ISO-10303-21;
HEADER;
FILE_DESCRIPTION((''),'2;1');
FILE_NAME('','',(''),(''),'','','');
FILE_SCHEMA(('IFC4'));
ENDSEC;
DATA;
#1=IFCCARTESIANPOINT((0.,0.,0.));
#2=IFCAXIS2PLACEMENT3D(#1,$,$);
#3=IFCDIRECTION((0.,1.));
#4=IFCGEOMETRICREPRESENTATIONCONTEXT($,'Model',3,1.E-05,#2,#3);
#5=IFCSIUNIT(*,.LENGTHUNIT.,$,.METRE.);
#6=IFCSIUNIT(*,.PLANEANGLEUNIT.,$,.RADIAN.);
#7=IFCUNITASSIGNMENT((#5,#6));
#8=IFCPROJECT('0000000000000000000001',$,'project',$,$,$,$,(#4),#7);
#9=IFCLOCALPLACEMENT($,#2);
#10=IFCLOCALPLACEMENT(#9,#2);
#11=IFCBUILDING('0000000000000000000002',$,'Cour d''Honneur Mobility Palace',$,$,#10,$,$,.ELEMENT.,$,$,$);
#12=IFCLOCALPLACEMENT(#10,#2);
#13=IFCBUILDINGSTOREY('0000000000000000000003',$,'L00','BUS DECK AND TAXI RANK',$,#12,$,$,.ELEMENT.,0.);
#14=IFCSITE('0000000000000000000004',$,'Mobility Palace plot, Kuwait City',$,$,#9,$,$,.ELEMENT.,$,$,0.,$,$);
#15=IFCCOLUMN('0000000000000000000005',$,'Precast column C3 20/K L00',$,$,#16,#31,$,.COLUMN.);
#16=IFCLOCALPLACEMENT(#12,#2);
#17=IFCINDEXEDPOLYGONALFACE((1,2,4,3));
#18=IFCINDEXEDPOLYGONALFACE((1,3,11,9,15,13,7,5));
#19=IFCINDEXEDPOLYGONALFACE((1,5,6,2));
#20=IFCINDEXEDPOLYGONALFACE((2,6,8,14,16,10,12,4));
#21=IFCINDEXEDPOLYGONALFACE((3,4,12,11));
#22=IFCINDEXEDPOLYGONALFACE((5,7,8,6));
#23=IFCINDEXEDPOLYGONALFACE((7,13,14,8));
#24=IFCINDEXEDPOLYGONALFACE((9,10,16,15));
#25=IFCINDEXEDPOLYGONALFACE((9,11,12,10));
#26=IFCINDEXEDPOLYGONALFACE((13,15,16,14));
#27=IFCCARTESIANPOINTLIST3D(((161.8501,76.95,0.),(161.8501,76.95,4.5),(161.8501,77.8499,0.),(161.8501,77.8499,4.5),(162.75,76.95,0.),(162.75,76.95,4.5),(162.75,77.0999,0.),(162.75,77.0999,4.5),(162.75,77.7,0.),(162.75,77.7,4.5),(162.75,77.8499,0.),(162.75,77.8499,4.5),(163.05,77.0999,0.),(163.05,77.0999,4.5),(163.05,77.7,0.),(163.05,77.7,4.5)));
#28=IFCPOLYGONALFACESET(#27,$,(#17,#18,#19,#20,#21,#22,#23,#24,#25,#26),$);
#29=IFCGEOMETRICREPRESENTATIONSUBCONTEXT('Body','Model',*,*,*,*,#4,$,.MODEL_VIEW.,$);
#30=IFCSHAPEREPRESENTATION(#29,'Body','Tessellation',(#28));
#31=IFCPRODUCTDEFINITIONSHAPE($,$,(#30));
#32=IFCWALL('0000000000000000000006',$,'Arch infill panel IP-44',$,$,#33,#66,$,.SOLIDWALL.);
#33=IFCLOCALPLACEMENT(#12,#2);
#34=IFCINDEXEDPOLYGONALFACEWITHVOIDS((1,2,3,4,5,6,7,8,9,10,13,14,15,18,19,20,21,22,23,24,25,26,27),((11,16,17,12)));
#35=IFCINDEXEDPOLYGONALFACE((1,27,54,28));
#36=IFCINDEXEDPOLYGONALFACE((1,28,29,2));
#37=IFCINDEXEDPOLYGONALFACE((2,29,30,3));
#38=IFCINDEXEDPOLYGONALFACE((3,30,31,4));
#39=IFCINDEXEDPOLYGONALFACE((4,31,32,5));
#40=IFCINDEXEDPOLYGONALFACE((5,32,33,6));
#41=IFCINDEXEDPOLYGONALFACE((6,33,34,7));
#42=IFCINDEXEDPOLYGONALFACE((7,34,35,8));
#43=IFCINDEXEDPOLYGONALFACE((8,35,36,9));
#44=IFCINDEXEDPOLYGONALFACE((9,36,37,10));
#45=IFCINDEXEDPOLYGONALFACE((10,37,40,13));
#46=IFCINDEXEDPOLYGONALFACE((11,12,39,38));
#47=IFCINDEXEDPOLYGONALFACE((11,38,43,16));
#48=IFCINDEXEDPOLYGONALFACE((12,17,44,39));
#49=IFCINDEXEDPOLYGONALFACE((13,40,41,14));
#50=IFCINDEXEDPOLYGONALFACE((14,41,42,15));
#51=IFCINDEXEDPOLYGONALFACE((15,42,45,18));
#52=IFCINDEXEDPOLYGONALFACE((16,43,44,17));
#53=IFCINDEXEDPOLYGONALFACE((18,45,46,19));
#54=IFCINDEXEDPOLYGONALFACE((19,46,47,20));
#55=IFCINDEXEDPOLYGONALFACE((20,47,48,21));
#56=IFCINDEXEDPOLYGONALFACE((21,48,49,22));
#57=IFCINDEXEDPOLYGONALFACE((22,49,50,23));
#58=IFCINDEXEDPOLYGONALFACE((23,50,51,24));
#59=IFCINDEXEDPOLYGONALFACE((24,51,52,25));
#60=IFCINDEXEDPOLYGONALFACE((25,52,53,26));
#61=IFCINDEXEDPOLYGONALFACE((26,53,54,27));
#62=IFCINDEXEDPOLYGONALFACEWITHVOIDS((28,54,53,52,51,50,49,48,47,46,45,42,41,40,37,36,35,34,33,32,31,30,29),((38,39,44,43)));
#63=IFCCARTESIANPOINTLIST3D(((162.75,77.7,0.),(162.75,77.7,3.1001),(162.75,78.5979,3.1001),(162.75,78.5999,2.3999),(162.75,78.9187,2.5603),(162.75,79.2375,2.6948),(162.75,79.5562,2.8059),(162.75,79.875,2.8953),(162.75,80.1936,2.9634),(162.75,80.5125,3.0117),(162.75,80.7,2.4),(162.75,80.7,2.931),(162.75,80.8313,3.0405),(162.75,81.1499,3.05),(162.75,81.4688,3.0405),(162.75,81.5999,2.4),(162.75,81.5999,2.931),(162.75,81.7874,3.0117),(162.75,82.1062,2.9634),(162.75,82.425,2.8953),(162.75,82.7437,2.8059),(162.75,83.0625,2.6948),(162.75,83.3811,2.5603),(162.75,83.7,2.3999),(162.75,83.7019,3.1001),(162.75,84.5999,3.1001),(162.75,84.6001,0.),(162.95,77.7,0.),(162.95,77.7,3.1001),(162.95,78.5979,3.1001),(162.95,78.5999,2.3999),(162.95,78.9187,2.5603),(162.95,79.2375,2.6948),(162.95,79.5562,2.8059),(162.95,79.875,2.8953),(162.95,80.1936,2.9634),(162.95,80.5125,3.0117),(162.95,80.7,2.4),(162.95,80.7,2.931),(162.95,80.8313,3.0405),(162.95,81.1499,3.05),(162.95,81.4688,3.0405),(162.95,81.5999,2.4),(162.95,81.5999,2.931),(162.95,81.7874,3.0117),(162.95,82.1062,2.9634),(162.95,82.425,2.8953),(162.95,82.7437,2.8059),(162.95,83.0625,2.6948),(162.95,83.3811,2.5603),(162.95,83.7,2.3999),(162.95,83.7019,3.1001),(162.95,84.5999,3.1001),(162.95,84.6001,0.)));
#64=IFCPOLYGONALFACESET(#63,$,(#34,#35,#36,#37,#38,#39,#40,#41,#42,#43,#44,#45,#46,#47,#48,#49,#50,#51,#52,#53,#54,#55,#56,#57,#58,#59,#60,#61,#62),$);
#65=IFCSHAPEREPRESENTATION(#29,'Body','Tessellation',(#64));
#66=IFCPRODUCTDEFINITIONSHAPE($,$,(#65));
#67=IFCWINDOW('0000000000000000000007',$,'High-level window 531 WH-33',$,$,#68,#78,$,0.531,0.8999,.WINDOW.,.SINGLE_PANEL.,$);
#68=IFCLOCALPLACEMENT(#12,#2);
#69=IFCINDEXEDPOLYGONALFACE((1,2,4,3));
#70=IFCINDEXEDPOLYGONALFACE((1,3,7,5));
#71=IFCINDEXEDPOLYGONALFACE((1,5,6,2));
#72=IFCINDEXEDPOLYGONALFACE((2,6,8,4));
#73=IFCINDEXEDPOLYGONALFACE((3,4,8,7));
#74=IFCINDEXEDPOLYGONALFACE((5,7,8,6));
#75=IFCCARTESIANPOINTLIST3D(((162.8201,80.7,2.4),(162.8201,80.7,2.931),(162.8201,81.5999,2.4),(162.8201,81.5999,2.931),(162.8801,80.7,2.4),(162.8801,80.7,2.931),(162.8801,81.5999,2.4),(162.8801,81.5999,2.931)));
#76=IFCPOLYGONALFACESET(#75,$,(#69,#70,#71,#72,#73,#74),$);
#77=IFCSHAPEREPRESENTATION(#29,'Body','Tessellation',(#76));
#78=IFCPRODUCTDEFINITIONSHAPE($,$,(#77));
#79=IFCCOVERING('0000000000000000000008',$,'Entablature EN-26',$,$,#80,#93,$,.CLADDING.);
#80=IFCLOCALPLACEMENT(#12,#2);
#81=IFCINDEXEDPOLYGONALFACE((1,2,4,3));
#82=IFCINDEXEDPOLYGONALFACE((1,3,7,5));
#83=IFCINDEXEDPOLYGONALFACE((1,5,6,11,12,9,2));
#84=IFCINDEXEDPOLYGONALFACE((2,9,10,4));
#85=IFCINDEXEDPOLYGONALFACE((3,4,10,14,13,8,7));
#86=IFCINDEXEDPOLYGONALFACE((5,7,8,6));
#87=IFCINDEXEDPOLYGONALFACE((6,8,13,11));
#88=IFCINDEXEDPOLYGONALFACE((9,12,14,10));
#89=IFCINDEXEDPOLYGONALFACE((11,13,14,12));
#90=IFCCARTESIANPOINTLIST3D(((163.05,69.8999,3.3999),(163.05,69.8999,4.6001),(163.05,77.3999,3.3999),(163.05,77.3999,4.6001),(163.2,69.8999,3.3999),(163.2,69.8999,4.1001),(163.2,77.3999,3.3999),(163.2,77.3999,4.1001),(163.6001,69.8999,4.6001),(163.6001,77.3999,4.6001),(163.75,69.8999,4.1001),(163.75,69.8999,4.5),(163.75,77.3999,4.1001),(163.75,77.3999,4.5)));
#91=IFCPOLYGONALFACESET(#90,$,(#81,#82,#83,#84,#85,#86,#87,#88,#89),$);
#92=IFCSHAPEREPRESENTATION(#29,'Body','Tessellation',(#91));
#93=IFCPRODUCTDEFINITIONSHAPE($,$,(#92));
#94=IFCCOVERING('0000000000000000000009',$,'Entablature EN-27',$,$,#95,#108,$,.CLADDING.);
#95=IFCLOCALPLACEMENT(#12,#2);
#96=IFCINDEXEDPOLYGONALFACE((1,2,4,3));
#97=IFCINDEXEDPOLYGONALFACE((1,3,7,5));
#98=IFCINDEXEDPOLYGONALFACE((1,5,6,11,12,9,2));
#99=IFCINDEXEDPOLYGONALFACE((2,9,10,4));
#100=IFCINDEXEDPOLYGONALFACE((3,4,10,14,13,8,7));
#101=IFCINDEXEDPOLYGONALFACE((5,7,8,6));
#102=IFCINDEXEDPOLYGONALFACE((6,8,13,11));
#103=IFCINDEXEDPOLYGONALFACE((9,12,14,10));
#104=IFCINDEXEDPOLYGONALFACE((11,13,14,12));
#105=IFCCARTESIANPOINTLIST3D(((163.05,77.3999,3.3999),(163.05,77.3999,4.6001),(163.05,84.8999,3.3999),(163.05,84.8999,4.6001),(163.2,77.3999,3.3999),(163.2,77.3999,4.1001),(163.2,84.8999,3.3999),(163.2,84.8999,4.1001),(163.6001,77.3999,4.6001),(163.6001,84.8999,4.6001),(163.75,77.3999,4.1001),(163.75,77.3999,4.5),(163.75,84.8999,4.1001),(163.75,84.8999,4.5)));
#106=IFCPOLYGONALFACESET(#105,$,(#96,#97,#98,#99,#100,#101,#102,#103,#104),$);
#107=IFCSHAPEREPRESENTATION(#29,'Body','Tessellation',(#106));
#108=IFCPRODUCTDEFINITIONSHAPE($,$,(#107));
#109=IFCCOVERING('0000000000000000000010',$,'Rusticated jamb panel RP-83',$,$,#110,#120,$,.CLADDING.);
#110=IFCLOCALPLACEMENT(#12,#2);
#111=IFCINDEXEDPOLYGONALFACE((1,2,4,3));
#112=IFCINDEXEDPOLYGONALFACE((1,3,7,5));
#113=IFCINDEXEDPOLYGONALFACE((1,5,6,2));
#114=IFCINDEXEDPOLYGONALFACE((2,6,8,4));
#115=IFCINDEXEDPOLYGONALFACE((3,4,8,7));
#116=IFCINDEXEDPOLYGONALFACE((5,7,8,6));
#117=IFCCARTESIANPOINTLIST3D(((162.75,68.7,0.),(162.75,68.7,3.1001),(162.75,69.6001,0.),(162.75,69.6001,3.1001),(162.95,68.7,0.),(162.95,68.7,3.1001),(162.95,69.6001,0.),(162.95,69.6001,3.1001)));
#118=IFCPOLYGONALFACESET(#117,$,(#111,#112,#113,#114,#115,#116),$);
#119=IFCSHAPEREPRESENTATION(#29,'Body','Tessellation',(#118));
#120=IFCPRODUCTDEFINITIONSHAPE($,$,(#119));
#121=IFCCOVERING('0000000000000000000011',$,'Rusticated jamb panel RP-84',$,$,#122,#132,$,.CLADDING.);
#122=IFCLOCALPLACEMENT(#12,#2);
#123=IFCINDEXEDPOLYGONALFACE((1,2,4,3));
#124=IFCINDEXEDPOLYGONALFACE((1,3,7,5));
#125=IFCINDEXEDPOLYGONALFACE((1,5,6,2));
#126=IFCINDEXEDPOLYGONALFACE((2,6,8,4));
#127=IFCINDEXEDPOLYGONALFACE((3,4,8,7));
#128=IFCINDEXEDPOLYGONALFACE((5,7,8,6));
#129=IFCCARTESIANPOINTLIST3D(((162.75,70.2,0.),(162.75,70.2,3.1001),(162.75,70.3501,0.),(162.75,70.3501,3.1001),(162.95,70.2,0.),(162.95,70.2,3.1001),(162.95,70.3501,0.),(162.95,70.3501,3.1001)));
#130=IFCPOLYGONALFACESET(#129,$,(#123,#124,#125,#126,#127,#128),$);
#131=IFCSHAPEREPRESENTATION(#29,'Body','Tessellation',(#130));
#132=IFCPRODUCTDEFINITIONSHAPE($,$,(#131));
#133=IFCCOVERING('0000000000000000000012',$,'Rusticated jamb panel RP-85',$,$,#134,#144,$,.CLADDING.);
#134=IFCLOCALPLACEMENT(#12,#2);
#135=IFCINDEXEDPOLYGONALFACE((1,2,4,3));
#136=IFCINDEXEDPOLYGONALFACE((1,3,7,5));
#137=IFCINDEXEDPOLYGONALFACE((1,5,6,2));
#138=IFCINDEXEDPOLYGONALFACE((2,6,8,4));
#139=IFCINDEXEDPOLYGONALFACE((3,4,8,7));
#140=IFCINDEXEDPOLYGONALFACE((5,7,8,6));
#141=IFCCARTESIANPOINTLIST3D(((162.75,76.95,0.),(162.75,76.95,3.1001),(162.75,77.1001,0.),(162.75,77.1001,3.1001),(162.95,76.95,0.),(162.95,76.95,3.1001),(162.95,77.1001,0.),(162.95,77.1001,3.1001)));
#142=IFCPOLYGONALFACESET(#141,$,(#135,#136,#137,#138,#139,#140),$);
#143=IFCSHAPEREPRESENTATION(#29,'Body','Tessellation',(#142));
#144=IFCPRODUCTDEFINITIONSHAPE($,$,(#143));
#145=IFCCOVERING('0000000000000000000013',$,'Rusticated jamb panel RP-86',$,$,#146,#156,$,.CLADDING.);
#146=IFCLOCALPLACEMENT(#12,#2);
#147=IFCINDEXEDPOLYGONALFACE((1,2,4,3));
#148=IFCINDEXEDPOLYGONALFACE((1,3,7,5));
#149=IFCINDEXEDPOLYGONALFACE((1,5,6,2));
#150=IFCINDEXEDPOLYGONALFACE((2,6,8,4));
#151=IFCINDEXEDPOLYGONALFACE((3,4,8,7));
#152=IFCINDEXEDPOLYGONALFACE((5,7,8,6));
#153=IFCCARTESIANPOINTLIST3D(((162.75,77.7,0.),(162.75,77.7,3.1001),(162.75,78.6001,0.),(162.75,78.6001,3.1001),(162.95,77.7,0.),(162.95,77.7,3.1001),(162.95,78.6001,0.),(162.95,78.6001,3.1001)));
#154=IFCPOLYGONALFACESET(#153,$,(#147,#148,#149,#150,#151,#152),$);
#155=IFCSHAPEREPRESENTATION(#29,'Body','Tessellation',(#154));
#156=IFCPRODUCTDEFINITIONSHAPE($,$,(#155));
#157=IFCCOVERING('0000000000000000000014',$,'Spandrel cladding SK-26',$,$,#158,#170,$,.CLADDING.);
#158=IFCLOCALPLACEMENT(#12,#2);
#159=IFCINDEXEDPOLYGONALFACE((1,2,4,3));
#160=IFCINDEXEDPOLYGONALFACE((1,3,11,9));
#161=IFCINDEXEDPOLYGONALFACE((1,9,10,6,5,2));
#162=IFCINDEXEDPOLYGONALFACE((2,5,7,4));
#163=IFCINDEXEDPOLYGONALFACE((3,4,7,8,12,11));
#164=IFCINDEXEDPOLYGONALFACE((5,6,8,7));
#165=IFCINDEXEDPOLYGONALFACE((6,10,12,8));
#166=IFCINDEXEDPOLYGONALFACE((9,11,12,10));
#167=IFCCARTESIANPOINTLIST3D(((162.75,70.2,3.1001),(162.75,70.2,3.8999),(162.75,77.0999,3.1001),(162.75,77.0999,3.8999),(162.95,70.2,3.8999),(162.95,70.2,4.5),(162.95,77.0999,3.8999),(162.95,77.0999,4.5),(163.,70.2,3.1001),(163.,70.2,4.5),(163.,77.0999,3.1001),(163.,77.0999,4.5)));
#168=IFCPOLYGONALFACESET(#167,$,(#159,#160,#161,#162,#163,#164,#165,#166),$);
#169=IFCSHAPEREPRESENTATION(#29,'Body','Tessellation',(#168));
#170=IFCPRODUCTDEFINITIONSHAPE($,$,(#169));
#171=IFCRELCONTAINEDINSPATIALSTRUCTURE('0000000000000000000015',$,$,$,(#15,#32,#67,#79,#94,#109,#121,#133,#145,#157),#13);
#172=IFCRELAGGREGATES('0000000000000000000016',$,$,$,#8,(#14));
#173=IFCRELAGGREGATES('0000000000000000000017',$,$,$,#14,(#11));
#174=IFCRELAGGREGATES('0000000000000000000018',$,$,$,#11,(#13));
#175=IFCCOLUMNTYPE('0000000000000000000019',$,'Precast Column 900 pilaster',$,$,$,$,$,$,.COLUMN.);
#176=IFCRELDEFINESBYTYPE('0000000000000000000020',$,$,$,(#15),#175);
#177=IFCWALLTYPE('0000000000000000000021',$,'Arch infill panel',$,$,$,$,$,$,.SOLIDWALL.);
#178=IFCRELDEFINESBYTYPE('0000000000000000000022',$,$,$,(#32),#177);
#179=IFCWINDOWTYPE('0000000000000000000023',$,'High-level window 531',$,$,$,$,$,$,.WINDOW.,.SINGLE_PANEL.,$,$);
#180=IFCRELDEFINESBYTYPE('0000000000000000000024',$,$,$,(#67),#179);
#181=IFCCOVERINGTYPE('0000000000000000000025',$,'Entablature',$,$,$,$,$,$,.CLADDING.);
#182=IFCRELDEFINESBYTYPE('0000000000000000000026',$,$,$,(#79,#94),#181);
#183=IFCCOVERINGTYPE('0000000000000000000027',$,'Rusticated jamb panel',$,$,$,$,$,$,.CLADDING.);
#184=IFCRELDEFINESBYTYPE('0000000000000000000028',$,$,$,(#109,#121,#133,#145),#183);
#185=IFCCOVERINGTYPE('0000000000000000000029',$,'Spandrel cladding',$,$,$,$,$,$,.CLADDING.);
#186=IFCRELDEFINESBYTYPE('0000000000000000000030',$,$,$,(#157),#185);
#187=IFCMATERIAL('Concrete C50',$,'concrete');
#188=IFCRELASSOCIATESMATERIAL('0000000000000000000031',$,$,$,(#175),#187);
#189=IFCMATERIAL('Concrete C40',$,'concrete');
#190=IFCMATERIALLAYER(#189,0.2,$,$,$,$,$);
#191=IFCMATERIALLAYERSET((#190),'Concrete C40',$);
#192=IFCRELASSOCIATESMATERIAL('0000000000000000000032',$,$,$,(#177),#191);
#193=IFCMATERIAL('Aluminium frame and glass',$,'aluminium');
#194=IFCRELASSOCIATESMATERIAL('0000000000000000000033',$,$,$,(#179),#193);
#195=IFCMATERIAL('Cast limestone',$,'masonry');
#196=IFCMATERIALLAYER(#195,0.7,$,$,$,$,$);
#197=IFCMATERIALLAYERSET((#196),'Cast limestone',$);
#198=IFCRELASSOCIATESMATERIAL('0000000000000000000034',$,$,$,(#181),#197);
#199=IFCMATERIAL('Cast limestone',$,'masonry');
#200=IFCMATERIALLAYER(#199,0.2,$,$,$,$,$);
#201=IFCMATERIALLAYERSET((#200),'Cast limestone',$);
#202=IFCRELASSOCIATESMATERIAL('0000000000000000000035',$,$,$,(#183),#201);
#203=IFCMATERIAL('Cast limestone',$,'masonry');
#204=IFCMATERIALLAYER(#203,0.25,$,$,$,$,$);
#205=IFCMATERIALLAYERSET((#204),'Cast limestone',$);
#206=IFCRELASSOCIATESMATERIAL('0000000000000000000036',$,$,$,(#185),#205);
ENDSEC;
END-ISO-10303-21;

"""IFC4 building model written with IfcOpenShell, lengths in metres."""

from ifc_helpers import new_model, si_unit, direction, frame, frame_2d, origin, place, context, subcontext, project, spatial, polyline, rectangle, outline, extrude, material, layer, layer_set, material_profile, profile_set, type_object, element, fill, save


model = new_model("IFC4")

# Units and contexts
model_context = context("Model", 3, precision=1e-05, world=origin(), true_north=direction((0.0, 1.0)))
body_context = subcontext(model_context, "Body", "Model", "MODEL_VIEW")
ifc_project = project(units=[si_unit("LENGTHUNIT", "METRE"), si_unit("PLANEANGLEUNIT", "RADIAN")], contexts=[model_context])

# Site, building, storey
site_placement = place(None, origin())
site = spatial("IfcSite", under=ifc_project, at=site_placement, Name="Mobility Palace plot, Kuwait City", CompositionType="ELEMENT", RefElevation=0.0)
building_placement = place(site_placement, origin())
building = spatial("IfcBuilding", under=site, at=building_placement, Name="Cour d'Honneur Mobility Palace", CompositionType="ELEMENT")
storey_placement = place(building_placement, origin())
storey = spatial("IfcBuildingStorey", under=building, at=storey_placement, Name="L00", Description="BUS DECK AND TAXI RANK", CompositionType="ELEMENT", Elevation=0.0)

# Column
ifc_material_1 = material(Name="Concrete C50", Category="concrete")
ifc_material_profile_1 = material_profile(ifc_material_1, outline(polyline([(-0.45, -0.45), (0.45, -0.45), (0.45, -0.3), (0.75, -0.3), (0.75, 0.3), (0.45, 0.3), (0.45, 0.45), (-0.45, 0.45), (-0.45, -0.45)])), Name="PC C900 pilaster")
ifc_profile_set_1 = profile_set([ifc_material_profile_1], Name="Concrete C50")
column_type = type_object("IfcColumnType", Name="Precast Column 900 pilaster", PredefinedType="COLUMN", material=ifc_profile_set_1)
for number, where, z_axis, x_axis, name in (
    (1, (162.3, 77.3999, 0.0), (0.0, 0.0, 1.0), (1.0, 0.0, 0.0), "Precast column C3 20/K L00"),
):
    element("IfcColumn", number, at=place(storey_placement, frame(where, z_axis=z_axis, x_axis=x_axis)), inside=storey, type_object=column_type, Name=name, PredefinedType="COLUMN", context=body_context, shape_type="SweptSolid", body=[
        extrude(outline(polyline([(-0.45, -0.45), (0.45, -0.45), (0.45, -0.3), (0.75, -0.3), (0.75, 0.3), (0.45, 0.3), (0.45, 0.45), (-0.45, 0.45), (-0.45, -0.45)])), origin(), (0.0, 0.0, 1.0), 4.5),
    ])

# Shared definitions
ifc_material_2 = material(Name="Concrete C40", Category="concrete")
ifc_layer_1 = layer(ifc_material_2, 0.2)
ifc_layer_set_1 = layer_set([ifc_layer_1], Name="Concrete C40")
wall_type = type_object("IfcWallType", Name="Arch infill panel", PredefinedType="SOLIDWALL", material=ifc_layer_set_1)

# Wall, opening, window
wall_1_placement = place(storey_placement, frame((162.8501, 77.7, 0.0), z_axis=(0.0, 0.0, 1.0), x_axis=(0.0, 1.0, 0.0)))
wall_1 = element("IfcWall", 2, at=wall_1_placement, inside=storey, type_object=wall_type, Name="Arch infill panel IP-44", PredefinedType="SOLIDWALL", context=body_context, shape_type="SweptSolid", body=[
    extrude(outline(polyline([(0.0, 0.0), (6.9001, 0.0), (6.8999, 3.1001), (6.002, 3.1001), (6.0, 2.3999), (5.6812, 2.5603), (5.3625, 2.6948), (5.0437, 2.8059), (4.7251, 2.8953), (4.4062, 2.9634), (4.0874, 3.0117), (3.7688, 3.0405), (3.45, 3.05), (3.1313, 3.0405), (2.8125, 3.0117), (2.4937, 2.9634), (2.175, 2.8953), (1.8562, 2.8059), (1.5376, 2.6948), (1.2188, 2.5603), (0.8999, 2.3999), (0.8979, 3.1001), (0.0, 3.1001), (0.0, 0.0)])), frame((0.0, 0.1001, 0.0), z_axis=(0.0, -1.0, 0.0), x_axis=(1.0, 0.0, 0.0)), (0.0, 0.0, 1.0), 0.2),
])
opening_1_placement = place(wall_1_placement, frame((3.0, 0.0, 2.3999)))
opening_1 = element("IfcOpeningElement", 3, at=opening_1_placement, cuts=wall_1, PredefinedType="OPENING", context=body_context, shape_type="SweptSolid", body=[
    extrude(rectangle(XDim=0.8999, YDim=0.531, at=frame_2d((0.45, 0.2656))), frame((0.0, 0.1099, 0.0), z_axis=(0.0, -1.0, 0.0), x_axis=(1.0, 0.0, 0.0)), (0.0, 0.0, 1.0), 0.22),
])
ifc_material_3 = material(Name="Aluminium frame and glass", Category="aluminium")
window_type = type_object("IfcWindowType", Name="High-level window 531", PartitioningType="SINGLE_PANEL", PredefinedType="WINDOW", material=ifc_material_3)
window_placement = place(opening_1_placement, origin())
window = element("IfcWindow", 4, at=window_placement, inside=storey, type_object=window_type, Name="High-level window 531 WH-33", OverallHeight=0.531, OverallWidth=0.8999, PartitioningType="SINGLE_PANEL", PredefinedType="WINDOW", context=body_context, shape_type="SweptSolid", body=[
    extrude(rectangle(XDim=0.8999, YDim=0.531, at=frame_2d((0.45, 0.2656))), frame((0.0, 0.03, 0.0), z_axis=(0.0, -1.0, 0.0), x_axis=(1.0, 0.0, 0.0)), (0.0, 0.0, 1.0), 0.0601),
])
fill(opening_1, window)

# Coverings
ifc_material_4 = material(Name="Cast limestone", Category="masonry")
ifc_layer_2 = layer(ifc_material_4, 0.7)
ifc_layer_set_2 = layer_set([ifc_layer_2], Name="Cast limestone")
covering_type_1 = type_object("IfcCoveringType", Name="Entablature", PredefinedType="CLADDING", material=ifc_layer_set_2)
for number, where, z_axis, x_axis, name in (
    (5, (163.05, 69.8999, 3.3999), (0.0, -1.0, 0.0), (1.0, 0.0, 0.0), "Entablature EN-26"),
    (6, (163.05, 77.3999, 3.3999), (0.0, -1.0, 0.0), (1.0, 0.0, 0.0), "Entablature EN-27"),
):
    element("IfcCovering", number, at=place(storey_placement, frame(where, z_axis=z_axis, x_axis=x_axis)), inside=storey, type_object=covering_type_1, Name=name, PredefinedType="CLADDING", context=body_context, shape_type="SweptSolid", body=[
        extrude(outline(polyline([(0.0, 0.0), (0.1499, 0.0), (0.1499, 0.7002), (0.7, 0.7002), (0.7, 1.1001), (0.55, 1.2002), (0.0, 1.2002), (0.0, 0.0)])), origin(), (0.0, 0.0, -1.0), 7.5),
    ])
ifc_material_5 = material(Name="Cast limestone", Category="masonry")
ifc_layer_3 = layer(ifc_material_5, 0.2)
ifc_layer_set_3 = layer_set([ifc_layer_3], Name="Cast limestone")
covering_type_2 = type_object("IfcCoveringType", Name="Rusticated jamb panel", PredefinedType="CLADDING", material=ifc_layer_set_3)
covering_1_placement = place(storey_placement, frame((162.95, 68.7, 0.0), z_axis=(1.0, 0.0, 0.0), x_axis=(0.0, 1.0, 0.0)))
element("IfcCovering", 7, at=covering_1_placement, inside=storey, type_object=covering_type_2, Name="Rusticated jamb panel RP-83", PredefinedType="CLADDING", context=body_context, shape_type="SweptSolid", body=[
    extrude(outline(polyline([(0.0, 0.0), (0.9001, 0.0), (0.9001, 3.1001), (0.0, 3.1001), (0.0, 0.0)])), origin(), (0.0, 0.0, -1.0), 0.2),
])
for number, where, z_axis, x_axis, name in (
    (8, (162.95, 70.2, 0.0), (1.0, 0.0, 0.0), (0.0, 1.0, 0.0), "Rusticated jamb panel RP-84"),
    (9, (162.95, 76.95, 0.0), (1.0, 0.0, 0.0), (0.0, 1.0, 0.0), "Rusticated jamb panel RP-85"),
):
    element("IfcCovering", number, at=place(storey_placement, frame(where, z_axis=z_axis, x_axis=x_axis)), inside=storey, type_object=covering_type_2, Name=name, PredefinedType="CLADDING", context=body_context, shape_type="SweptSolid", body=[
        extrude(outline(polyline([(0.0, 0.0), (0.1501, 0.0), (0.1501, 3.1001), (0.0, 3.1001), (0.0, 0.0)])), origin(), (0.0, 0.0, -1.0), 0.2),
    ])
covering_2_placement = place(storey_placement, frame((162.95, 77.7, 0.0), z_axis=(1.0, 0.0, 0.0), x_axis=(0.0, 1.0, 0.0)))
element("IfcCovering", 10, at=covering_2_placement, inside=storey, type_object=covering_type_2, Name="Rusticated jamb panel RP-86", PredefinedType="CLADDING", context=body_context, shape_type="SweptSolid", body=[
    extrude(outline(polyline([(0.0, 0.0), (0.9001, 0.0), (0.9001, 3.1001), (0.0, 3.1001), (0.0, 0.0)])), origin(), (0.0, 0.0, -1.0), 0.2),
])
ifc_material_6 = material(Name="Cast limestone", Category="masonry")
ifc_layer_4 = layer(ifc_material_6, 0.25)
ifc_layer_set_4 = layer_set([ifc_layer_4], Name="Cast limestone")
covering_type_3 = type_object("IfcCoveringType", Name="Spandrel cladding", PredefinedType="CLADDING", material=ifc_layer_set_4)
for number, where, z_axis, x_axis, name in (
    (11, (162.75, 70.2, 3.1001), (0.0, -1.0, 0.0), (1.0, 0.0, 0.0), "Spandrel cladding SK-26"),
):
    element("IfcCovering", number, at=place(storey_placement, frame(where, z_axis=z_axis, x_axis=x_axis)), inside=storey, type_object=covering_type_3, Name=name, PredefinedType="CLADDING", context=body_context, shape_type="SweptSolid", body=[
        extrude(outline(polyline([(0.0, 0.0), (0.25, 0.0), (0.25, 1.3999), (0.2, 1.3999), (0.2, 0.7998), (0.0, 0.7998), (0.0, 0.0)])), origin(), (0.0, 0.0, -1.0), 6.8999),
    ])

save(model, "model.ifc")
